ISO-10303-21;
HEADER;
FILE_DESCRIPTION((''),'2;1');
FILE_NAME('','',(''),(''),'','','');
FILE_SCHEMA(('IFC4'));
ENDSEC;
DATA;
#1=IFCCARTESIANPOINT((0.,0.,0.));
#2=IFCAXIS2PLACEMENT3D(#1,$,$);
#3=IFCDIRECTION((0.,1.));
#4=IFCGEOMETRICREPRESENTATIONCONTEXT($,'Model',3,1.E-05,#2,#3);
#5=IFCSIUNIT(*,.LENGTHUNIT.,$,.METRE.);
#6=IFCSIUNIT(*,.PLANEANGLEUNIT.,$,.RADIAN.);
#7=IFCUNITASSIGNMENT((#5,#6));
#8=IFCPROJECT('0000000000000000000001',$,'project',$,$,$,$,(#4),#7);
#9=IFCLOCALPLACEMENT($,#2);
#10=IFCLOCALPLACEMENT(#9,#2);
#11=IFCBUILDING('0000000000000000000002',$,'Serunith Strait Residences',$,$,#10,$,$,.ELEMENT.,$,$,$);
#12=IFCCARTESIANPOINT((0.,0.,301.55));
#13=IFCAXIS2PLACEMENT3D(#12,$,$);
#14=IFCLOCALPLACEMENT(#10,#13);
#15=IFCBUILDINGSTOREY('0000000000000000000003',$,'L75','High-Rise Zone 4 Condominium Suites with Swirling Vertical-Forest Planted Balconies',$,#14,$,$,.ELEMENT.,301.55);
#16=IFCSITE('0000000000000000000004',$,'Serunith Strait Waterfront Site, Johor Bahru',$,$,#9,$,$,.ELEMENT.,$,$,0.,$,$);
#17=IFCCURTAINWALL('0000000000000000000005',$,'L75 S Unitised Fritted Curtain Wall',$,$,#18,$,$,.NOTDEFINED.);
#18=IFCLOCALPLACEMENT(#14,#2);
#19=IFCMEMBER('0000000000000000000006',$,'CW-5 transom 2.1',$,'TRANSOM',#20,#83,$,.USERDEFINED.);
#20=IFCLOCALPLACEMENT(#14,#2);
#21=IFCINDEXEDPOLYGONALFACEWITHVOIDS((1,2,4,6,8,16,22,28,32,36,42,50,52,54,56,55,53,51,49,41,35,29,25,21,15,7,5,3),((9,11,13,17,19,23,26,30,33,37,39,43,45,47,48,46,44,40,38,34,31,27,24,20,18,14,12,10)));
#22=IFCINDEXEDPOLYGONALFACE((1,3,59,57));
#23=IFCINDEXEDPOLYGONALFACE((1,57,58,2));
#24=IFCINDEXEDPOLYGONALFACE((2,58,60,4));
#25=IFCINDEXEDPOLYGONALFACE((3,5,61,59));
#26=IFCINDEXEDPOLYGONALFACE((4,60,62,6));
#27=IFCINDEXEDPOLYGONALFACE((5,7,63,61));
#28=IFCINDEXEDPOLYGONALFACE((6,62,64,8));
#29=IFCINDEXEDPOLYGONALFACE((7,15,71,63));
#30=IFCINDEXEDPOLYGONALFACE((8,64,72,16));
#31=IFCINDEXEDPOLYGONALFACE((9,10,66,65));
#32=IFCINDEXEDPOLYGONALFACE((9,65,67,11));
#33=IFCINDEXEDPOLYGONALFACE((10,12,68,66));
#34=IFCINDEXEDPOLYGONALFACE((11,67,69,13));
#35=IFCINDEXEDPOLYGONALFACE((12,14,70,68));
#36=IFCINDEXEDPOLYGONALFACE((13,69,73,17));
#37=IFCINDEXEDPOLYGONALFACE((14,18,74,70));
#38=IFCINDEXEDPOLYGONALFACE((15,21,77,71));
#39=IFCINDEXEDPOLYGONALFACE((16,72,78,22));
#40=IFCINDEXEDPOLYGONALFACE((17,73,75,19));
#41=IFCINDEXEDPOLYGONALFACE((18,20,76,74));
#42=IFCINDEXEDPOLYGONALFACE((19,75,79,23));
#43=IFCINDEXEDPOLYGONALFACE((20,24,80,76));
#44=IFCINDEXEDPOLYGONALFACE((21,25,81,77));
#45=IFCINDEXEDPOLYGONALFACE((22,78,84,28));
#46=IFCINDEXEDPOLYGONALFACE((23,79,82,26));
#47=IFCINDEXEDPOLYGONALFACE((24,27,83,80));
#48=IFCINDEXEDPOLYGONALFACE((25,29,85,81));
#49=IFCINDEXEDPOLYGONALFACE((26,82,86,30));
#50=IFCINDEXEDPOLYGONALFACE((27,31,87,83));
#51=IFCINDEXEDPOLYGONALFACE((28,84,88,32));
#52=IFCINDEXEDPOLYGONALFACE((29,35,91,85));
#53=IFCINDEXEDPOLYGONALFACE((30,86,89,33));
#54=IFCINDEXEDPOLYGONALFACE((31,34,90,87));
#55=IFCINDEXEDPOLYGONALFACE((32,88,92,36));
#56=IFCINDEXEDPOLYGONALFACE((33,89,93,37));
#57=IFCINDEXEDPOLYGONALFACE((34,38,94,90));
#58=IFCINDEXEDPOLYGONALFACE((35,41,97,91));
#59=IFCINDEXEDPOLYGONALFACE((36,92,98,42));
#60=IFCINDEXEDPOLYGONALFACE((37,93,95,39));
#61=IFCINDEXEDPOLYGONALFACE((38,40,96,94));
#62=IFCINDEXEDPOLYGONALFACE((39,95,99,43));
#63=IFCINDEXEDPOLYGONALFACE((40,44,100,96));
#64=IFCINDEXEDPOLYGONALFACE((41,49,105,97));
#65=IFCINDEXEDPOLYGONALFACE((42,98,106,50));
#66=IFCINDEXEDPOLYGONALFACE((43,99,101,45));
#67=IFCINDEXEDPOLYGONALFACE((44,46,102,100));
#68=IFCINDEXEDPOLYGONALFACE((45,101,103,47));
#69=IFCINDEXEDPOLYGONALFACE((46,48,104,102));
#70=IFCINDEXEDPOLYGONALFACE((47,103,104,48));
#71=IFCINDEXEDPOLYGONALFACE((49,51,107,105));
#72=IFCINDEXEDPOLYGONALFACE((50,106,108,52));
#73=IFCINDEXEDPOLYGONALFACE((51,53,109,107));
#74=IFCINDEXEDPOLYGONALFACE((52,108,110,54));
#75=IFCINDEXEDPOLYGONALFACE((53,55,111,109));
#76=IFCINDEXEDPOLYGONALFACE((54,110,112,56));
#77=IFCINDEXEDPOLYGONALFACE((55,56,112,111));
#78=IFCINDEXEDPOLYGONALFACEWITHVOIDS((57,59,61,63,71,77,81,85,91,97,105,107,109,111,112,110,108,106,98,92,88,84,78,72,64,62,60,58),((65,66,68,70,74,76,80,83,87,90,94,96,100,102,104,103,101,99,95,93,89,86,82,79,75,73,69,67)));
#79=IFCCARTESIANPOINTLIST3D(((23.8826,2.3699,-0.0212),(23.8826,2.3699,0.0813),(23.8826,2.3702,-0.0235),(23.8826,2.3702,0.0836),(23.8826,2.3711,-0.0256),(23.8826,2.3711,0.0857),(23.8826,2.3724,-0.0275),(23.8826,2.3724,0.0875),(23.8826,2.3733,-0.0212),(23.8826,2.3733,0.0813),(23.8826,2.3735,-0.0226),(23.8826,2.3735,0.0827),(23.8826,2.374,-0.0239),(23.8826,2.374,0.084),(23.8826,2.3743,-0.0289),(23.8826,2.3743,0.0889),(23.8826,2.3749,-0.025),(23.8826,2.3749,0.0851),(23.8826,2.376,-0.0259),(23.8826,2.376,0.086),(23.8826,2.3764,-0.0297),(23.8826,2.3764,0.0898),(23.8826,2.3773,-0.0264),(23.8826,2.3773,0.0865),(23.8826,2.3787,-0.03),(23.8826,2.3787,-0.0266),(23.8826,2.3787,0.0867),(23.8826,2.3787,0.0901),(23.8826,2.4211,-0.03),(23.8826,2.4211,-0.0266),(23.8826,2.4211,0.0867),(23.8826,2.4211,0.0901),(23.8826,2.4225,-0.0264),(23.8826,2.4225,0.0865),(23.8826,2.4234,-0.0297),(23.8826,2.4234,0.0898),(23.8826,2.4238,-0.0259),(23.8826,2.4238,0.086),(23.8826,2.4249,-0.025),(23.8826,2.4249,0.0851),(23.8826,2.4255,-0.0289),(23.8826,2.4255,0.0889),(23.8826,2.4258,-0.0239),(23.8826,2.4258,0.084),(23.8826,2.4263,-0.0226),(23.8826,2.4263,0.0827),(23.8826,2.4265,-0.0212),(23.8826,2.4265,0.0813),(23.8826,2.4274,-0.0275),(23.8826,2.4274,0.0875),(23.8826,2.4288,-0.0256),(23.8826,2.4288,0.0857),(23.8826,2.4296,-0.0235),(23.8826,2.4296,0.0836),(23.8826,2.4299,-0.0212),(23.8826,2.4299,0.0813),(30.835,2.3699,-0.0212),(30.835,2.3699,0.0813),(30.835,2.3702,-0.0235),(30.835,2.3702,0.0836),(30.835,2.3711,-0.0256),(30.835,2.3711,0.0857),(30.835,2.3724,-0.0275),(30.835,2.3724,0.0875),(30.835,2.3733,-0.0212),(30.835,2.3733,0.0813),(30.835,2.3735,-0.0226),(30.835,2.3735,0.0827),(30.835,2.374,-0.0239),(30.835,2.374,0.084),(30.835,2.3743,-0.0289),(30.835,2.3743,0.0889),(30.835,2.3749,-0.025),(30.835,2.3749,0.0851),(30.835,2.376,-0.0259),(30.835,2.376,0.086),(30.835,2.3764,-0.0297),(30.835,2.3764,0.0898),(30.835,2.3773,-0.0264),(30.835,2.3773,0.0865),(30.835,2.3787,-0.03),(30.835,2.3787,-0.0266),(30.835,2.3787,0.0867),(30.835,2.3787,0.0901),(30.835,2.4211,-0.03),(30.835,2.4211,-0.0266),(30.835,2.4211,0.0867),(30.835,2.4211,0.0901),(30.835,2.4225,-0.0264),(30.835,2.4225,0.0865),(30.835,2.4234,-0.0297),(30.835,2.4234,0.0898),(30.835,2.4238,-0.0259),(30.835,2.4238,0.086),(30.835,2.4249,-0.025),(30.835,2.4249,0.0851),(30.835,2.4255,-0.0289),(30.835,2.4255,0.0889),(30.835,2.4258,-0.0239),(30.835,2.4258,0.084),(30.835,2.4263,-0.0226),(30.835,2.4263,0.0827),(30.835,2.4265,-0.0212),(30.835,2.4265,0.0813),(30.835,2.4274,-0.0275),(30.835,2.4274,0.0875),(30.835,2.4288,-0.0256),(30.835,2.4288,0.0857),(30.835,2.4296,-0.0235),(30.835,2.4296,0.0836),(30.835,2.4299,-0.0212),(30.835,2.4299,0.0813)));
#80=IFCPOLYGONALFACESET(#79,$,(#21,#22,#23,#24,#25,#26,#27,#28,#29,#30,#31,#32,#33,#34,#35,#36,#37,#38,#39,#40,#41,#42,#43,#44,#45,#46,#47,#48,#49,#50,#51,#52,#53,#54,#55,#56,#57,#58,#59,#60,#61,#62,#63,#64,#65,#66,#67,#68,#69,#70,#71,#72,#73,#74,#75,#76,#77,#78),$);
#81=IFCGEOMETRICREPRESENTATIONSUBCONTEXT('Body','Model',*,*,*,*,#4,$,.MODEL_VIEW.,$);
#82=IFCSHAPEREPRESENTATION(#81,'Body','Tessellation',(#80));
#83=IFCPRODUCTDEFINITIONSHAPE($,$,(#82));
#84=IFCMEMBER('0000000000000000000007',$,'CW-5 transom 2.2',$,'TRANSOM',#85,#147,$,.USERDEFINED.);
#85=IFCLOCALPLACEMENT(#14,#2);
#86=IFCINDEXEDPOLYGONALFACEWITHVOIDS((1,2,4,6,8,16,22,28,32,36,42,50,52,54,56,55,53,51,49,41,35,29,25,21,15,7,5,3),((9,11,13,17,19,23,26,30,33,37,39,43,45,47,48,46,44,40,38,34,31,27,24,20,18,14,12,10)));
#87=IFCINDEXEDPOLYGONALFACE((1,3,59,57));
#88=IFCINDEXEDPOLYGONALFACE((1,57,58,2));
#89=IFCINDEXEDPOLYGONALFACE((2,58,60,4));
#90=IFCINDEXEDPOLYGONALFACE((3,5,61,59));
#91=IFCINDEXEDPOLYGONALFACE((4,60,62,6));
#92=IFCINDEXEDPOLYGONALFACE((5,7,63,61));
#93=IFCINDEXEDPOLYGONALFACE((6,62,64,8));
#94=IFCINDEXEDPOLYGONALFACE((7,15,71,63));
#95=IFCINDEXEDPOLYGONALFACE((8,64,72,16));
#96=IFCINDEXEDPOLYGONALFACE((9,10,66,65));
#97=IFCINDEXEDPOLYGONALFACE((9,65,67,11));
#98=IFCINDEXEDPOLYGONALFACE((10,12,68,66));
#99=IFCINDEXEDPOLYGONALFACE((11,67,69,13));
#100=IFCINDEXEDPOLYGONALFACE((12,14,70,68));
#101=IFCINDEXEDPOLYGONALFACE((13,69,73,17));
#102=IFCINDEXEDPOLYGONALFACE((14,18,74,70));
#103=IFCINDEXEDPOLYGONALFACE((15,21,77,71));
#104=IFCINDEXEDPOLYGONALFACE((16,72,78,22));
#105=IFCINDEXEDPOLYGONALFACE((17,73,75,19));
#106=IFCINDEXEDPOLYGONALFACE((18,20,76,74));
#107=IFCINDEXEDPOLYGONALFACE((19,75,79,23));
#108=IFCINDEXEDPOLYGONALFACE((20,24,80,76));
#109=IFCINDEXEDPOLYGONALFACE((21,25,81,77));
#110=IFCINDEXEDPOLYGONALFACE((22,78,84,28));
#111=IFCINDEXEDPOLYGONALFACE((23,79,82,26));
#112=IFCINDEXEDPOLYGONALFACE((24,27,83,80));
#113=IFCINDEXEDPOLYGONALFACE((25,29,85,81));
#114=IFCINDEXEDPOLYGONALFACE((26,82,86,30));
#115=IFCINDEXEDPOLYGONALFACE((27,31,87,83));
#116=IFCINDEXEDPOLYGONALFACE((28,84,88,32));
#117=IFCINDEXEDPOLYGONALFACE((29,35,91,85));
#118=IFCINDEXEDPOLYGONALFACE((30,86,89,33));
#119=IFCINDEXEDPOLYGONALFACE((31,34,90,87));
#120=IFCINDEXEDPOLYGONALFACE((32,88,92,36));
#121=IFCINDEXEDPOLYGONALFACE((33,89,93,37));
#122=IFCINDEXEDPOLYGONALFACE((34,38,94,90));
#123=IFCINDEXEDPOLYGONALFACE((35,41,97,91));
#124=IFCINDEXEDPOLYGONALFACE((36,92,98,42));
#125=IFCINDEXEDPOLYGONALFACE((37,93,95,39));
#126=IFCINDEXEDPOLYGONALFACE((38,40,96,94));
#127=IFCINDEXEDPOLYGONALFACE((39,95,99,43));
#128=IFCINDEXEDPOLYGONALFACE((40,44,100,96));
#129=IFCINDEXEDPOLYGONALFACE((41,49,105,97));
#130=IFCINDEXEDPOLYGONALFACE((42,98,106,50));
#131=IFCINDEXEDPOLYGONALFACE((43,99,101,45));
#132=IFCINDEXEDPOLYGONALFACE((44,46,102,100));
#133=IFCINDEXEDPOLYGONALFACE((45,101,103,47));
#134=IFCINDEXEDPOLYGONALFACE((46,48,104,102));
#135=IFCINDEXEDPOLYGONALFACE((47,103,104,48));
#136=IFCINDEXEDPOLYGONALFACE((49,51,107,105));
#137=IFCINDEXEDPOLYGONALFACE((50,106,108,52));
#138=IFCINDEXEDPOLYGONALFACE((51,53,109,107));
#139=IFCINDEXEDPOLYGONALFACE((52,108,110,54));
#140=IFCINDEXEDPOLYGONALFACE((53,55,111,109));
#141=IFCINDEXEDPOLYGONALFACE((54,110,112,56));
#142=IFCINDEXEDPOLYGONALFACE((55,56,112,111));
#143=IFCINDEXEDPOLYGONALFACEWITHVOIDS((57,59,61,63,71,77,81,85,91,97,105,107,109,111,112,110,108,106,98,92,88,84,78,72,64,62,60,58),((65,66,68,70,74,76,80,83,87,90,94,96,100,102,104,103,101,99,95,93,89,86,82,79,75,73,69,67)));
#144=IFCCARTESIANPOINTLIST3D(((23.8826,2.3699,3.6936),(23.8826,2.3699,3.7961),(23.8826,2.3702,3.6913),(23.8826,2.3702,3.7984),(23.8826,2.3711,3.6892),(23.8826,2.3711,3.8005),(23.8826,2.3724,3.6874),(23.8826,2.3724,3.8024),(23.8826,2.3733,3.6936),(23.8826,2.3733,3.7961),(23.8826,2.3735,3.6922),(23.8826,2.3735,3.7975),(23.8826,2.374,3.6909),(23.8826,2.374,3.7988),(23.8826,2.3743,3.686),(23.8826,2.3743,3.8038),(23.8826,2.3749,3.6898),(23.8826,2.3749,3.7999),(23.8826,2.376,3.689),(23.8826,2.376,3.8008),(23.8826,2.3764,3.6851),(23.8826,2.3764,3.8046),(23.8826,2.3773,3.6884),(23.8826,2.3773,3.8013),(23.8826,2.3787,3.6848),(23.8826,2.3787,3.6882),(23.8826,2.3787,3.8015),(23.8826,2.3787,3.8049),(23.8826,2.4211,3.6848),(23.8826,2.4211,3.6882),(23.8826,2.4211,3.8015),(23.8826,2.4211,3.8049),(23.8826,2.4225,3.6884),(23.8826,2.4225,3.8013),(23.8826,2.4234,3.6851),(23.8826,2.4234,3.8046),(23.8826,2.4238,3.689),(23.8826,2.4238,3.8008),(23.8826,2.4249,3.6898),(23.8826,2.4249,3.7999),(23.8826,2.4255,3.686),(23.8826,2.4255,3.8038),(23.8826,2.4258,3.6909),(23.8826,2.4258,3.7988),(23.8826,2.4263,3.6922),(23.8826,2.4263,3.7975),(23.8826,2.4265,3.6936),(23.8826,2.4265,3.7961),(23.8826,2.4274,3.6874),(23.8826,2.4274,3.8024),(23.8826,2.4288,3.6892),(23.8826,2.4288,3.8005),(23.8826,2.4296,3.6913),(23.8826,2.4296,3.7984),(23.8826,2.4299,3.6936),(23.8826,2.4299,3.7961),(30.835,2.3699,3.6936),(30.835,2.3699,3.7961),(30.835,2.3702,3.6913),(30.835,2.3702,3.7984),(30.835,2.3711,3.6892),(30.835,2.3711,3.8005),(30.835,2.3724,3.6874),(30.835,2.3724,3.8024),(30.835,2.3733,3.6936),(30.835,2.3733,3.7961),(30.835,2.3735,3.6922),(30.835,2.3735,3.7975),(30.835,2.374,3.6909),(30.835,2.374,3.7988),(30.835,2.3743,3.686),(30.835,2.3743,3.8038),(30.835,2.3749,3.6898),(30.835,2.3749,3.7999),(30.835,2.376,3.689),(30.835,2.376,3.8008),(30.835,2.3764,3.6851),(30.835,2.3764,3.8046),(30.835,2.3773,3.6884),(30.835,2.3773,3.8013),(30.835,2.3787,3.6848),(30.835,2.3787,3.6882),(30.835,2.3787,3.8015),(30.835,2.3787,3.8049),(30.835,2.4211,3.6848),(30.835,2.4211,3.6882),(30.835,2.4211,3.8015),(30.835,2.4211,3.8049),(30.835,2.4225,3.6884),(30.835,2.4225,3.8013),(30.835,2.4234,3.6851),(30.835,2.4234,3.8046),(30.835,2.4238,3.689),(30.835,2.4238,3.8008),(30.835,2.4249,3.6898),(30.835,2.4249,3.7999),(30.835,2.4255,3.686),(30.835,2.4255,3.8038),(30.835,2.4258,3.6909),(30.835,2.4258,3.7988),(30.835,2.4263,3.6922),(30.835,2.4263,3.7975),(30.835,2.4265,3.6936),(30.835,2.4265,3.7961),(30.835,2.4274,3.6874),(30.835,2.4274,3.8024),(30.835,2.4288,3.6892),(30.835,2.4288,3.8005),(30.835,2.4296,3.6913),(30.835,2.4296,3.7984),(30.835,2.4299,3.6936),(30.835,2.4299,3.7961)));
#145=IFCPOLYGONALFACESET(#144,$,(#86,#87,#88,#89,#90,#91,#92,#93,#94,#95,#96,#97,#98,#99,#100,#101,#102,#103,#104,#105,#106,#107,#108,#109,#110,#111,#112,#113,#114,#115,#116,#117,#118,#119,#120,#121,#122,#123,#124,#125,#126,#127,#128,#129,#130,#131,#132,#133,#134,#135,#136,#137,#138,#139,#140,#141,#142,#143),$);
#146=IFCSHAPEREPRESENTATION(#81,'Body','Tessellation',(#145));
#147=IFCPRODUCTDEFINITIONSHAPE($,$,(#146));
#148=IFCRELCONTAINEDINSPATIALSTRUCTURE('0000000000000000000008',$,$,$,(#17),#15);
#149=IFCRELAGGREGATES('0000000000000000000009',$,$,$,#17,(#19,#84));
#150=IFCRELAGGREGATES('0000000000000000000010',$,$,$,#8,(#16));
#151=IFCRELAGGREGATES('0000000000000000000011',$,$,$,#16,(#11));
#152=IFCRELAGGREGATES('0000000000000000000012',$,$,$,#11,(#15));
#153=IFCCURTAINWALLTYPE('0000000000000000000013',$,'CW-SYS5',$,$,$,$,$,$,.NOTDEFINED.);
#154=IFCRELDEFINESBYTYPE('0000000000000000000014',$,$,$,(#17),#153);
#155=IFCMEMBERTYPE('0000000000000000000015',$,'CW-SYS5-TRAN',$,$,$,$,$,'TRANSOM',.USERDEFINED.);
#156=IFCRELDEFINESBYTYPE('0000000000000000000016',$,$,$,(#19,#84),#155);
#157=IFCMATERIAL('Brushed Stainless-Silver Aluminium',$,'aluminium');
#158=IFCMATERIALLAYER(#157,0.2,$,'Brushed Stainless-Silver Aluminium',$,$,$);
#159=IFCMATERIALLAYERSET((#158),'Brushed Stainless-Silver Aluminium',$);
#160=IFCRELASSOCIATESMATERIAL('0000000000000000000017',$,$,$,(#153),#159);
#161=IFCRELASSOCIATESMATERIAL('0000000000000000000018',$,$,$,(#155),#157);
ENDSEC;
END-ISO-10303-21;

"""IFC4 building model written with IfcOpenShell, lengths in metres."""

from ifc_helpers import new_model, si_unit, direction, frame, origin, origin_2d, place, context, subcontext, project, spatial, hollow_rectangle, extrude, source, transform, mapped, material, layer, layer_set, material_profile, profile_set, type_object, element, aggregate, save


model = new_model("IFC4")

# Units and contexts
model_context = context("Model", 3, precision=1e-05, world=origin(), true_north=direction((0.0, 1.0)))
body_context = subcontext(model_context, "Body", "Model", "MODEL_VIEW")
ifc_project = project(units=[si_unit("LENGTHUNIT", "METRE"), si_unit("PLANEANGLEUNIT", "RADIAN")], contexts=[model_context])

# Site, building, storey
site_placement = place(None, origin())
site = spatial("IfcSite", under=ifc_project, at=site_placement, Name="Serunith Strait Waterfront Site, Johor Bahru", CompositionType="ELEMENT", RefElevation=0.0)
building_placement = place(site_placement, origin())
building = spatial("IfcBuilding", under=site, at=building_placement, Name="Serunith Strait Residences", CompositionType="ELEMENT")
storey_placement = place(building_placement, frame((0.0, 0.0, 301.55)))
storey = spatial("IfcBuildingStorey", under=building, at=storey_placement, Name="L75", Description="High-Rise Zone 4 Condominium Suites with Swirling Vertical-Forest Planted Balconies", CompositionType="ELEMENT", Elevation=301.55)

# Curtain wall, members
ifc_material_1 = material(Name="Brushed Stainless-Silver Aluminium", Category="aluminium")
ifc_layer_1 = layer(ifc_material_1, 0.2, Name="Brushed Stainless-Silver Aluminium")
ifc_layer_set_1 = layer_set([ifc_layer_1], Name="Brushed Stainless-Silver Aluminium")
curtain_wall_type = type_object("IfcCurtainWallType", Name="CW-SYS5", PredefinedType="NOTDEFINED", material=ifc_layer_set_1)
curtain_wall_placement = place(storey_placement, origin())
curtain_wall = element("IfcCurtainWall", 1, at=curtain_wall_placement, inside=storey, type_object=curtain_wall_type, Name="L75 S Unitised Fritted Curtain Wall", PredefinedType="NOTDEFINED")
ifc_material_profile_1 = material_profile(ifc_material_1, hollow_rectangle(XDim=0.0601, YDim=0.1201, WallThickness=0.0034, InnerFilletRadius=0.0054, OuterFilletRadius=0.0088, at=origin_2d()), Name="ALU 120x60x3.5")
ifc_profile_set_1 = profile_set([ifc_material_profile_1], Name="Brushed Stainless-Silver Aluminium")
member_type_1 = type_object("IfcMemberType", Name="CW-SYS5-TRAN", ElementType="TRANSOM", PredefinedType="USERDEFINED", material=ifc_profile_set_1)
shared_shape_1 = source(origin(), body_context, "Body", "SweptSolid", [
    extrude(hollow_rectangle(XDim=0.0601, YDim=0.1201, WallThickness=0.0034, InnerFilletRadius=0.0054, OuterFilletRadius=0.0088, at=origin_2d()), origin(), (0.0, 0.0, 1.0), 6.9524),
])
member_1_placement = place(storey_placement, frame((23.8826, 2.3999, 0.03), z_axis=(1.0, 0.0, 0.0), x_axis=(0.0, 1.0, 0.0)))
member_1 = element("IfcMember", 2, at=member_1_placement, type_object=member_type_1, Name="CW-5 transom 2.1", ObjectType="TRANSOM", PredefinedType="USERDEFINED", context=body_context, shape_type="MappedRepresentation", body=[
    mapped(shared_shape_1, transform((0.0, 0.0, 0.0), scale=1.0)),
])
member_2_placement = place(storey_placement, frame((23.8826, 2.3999, 3.7449), z_axis=(1.0, 0.0, 0.0), x_axis=(0.0, 1.0, 0.0)))
member_2 = element("IfcMember", 3, at=member_2_placement, type_object=member_type_1, Name="CW-5 transom 2.2", ObjectType="TRANSOM", PredefinedType="USERDEFINED", context=body_context, shape_type="MappedRepresentation", body=[
    mapped(shared_shape_1, transform((0.0, 0.0, 0.0), scale=1.0)),
])
aggregate(curtain_wall, [member_1, member_2])

save(model, "model.ifc")
